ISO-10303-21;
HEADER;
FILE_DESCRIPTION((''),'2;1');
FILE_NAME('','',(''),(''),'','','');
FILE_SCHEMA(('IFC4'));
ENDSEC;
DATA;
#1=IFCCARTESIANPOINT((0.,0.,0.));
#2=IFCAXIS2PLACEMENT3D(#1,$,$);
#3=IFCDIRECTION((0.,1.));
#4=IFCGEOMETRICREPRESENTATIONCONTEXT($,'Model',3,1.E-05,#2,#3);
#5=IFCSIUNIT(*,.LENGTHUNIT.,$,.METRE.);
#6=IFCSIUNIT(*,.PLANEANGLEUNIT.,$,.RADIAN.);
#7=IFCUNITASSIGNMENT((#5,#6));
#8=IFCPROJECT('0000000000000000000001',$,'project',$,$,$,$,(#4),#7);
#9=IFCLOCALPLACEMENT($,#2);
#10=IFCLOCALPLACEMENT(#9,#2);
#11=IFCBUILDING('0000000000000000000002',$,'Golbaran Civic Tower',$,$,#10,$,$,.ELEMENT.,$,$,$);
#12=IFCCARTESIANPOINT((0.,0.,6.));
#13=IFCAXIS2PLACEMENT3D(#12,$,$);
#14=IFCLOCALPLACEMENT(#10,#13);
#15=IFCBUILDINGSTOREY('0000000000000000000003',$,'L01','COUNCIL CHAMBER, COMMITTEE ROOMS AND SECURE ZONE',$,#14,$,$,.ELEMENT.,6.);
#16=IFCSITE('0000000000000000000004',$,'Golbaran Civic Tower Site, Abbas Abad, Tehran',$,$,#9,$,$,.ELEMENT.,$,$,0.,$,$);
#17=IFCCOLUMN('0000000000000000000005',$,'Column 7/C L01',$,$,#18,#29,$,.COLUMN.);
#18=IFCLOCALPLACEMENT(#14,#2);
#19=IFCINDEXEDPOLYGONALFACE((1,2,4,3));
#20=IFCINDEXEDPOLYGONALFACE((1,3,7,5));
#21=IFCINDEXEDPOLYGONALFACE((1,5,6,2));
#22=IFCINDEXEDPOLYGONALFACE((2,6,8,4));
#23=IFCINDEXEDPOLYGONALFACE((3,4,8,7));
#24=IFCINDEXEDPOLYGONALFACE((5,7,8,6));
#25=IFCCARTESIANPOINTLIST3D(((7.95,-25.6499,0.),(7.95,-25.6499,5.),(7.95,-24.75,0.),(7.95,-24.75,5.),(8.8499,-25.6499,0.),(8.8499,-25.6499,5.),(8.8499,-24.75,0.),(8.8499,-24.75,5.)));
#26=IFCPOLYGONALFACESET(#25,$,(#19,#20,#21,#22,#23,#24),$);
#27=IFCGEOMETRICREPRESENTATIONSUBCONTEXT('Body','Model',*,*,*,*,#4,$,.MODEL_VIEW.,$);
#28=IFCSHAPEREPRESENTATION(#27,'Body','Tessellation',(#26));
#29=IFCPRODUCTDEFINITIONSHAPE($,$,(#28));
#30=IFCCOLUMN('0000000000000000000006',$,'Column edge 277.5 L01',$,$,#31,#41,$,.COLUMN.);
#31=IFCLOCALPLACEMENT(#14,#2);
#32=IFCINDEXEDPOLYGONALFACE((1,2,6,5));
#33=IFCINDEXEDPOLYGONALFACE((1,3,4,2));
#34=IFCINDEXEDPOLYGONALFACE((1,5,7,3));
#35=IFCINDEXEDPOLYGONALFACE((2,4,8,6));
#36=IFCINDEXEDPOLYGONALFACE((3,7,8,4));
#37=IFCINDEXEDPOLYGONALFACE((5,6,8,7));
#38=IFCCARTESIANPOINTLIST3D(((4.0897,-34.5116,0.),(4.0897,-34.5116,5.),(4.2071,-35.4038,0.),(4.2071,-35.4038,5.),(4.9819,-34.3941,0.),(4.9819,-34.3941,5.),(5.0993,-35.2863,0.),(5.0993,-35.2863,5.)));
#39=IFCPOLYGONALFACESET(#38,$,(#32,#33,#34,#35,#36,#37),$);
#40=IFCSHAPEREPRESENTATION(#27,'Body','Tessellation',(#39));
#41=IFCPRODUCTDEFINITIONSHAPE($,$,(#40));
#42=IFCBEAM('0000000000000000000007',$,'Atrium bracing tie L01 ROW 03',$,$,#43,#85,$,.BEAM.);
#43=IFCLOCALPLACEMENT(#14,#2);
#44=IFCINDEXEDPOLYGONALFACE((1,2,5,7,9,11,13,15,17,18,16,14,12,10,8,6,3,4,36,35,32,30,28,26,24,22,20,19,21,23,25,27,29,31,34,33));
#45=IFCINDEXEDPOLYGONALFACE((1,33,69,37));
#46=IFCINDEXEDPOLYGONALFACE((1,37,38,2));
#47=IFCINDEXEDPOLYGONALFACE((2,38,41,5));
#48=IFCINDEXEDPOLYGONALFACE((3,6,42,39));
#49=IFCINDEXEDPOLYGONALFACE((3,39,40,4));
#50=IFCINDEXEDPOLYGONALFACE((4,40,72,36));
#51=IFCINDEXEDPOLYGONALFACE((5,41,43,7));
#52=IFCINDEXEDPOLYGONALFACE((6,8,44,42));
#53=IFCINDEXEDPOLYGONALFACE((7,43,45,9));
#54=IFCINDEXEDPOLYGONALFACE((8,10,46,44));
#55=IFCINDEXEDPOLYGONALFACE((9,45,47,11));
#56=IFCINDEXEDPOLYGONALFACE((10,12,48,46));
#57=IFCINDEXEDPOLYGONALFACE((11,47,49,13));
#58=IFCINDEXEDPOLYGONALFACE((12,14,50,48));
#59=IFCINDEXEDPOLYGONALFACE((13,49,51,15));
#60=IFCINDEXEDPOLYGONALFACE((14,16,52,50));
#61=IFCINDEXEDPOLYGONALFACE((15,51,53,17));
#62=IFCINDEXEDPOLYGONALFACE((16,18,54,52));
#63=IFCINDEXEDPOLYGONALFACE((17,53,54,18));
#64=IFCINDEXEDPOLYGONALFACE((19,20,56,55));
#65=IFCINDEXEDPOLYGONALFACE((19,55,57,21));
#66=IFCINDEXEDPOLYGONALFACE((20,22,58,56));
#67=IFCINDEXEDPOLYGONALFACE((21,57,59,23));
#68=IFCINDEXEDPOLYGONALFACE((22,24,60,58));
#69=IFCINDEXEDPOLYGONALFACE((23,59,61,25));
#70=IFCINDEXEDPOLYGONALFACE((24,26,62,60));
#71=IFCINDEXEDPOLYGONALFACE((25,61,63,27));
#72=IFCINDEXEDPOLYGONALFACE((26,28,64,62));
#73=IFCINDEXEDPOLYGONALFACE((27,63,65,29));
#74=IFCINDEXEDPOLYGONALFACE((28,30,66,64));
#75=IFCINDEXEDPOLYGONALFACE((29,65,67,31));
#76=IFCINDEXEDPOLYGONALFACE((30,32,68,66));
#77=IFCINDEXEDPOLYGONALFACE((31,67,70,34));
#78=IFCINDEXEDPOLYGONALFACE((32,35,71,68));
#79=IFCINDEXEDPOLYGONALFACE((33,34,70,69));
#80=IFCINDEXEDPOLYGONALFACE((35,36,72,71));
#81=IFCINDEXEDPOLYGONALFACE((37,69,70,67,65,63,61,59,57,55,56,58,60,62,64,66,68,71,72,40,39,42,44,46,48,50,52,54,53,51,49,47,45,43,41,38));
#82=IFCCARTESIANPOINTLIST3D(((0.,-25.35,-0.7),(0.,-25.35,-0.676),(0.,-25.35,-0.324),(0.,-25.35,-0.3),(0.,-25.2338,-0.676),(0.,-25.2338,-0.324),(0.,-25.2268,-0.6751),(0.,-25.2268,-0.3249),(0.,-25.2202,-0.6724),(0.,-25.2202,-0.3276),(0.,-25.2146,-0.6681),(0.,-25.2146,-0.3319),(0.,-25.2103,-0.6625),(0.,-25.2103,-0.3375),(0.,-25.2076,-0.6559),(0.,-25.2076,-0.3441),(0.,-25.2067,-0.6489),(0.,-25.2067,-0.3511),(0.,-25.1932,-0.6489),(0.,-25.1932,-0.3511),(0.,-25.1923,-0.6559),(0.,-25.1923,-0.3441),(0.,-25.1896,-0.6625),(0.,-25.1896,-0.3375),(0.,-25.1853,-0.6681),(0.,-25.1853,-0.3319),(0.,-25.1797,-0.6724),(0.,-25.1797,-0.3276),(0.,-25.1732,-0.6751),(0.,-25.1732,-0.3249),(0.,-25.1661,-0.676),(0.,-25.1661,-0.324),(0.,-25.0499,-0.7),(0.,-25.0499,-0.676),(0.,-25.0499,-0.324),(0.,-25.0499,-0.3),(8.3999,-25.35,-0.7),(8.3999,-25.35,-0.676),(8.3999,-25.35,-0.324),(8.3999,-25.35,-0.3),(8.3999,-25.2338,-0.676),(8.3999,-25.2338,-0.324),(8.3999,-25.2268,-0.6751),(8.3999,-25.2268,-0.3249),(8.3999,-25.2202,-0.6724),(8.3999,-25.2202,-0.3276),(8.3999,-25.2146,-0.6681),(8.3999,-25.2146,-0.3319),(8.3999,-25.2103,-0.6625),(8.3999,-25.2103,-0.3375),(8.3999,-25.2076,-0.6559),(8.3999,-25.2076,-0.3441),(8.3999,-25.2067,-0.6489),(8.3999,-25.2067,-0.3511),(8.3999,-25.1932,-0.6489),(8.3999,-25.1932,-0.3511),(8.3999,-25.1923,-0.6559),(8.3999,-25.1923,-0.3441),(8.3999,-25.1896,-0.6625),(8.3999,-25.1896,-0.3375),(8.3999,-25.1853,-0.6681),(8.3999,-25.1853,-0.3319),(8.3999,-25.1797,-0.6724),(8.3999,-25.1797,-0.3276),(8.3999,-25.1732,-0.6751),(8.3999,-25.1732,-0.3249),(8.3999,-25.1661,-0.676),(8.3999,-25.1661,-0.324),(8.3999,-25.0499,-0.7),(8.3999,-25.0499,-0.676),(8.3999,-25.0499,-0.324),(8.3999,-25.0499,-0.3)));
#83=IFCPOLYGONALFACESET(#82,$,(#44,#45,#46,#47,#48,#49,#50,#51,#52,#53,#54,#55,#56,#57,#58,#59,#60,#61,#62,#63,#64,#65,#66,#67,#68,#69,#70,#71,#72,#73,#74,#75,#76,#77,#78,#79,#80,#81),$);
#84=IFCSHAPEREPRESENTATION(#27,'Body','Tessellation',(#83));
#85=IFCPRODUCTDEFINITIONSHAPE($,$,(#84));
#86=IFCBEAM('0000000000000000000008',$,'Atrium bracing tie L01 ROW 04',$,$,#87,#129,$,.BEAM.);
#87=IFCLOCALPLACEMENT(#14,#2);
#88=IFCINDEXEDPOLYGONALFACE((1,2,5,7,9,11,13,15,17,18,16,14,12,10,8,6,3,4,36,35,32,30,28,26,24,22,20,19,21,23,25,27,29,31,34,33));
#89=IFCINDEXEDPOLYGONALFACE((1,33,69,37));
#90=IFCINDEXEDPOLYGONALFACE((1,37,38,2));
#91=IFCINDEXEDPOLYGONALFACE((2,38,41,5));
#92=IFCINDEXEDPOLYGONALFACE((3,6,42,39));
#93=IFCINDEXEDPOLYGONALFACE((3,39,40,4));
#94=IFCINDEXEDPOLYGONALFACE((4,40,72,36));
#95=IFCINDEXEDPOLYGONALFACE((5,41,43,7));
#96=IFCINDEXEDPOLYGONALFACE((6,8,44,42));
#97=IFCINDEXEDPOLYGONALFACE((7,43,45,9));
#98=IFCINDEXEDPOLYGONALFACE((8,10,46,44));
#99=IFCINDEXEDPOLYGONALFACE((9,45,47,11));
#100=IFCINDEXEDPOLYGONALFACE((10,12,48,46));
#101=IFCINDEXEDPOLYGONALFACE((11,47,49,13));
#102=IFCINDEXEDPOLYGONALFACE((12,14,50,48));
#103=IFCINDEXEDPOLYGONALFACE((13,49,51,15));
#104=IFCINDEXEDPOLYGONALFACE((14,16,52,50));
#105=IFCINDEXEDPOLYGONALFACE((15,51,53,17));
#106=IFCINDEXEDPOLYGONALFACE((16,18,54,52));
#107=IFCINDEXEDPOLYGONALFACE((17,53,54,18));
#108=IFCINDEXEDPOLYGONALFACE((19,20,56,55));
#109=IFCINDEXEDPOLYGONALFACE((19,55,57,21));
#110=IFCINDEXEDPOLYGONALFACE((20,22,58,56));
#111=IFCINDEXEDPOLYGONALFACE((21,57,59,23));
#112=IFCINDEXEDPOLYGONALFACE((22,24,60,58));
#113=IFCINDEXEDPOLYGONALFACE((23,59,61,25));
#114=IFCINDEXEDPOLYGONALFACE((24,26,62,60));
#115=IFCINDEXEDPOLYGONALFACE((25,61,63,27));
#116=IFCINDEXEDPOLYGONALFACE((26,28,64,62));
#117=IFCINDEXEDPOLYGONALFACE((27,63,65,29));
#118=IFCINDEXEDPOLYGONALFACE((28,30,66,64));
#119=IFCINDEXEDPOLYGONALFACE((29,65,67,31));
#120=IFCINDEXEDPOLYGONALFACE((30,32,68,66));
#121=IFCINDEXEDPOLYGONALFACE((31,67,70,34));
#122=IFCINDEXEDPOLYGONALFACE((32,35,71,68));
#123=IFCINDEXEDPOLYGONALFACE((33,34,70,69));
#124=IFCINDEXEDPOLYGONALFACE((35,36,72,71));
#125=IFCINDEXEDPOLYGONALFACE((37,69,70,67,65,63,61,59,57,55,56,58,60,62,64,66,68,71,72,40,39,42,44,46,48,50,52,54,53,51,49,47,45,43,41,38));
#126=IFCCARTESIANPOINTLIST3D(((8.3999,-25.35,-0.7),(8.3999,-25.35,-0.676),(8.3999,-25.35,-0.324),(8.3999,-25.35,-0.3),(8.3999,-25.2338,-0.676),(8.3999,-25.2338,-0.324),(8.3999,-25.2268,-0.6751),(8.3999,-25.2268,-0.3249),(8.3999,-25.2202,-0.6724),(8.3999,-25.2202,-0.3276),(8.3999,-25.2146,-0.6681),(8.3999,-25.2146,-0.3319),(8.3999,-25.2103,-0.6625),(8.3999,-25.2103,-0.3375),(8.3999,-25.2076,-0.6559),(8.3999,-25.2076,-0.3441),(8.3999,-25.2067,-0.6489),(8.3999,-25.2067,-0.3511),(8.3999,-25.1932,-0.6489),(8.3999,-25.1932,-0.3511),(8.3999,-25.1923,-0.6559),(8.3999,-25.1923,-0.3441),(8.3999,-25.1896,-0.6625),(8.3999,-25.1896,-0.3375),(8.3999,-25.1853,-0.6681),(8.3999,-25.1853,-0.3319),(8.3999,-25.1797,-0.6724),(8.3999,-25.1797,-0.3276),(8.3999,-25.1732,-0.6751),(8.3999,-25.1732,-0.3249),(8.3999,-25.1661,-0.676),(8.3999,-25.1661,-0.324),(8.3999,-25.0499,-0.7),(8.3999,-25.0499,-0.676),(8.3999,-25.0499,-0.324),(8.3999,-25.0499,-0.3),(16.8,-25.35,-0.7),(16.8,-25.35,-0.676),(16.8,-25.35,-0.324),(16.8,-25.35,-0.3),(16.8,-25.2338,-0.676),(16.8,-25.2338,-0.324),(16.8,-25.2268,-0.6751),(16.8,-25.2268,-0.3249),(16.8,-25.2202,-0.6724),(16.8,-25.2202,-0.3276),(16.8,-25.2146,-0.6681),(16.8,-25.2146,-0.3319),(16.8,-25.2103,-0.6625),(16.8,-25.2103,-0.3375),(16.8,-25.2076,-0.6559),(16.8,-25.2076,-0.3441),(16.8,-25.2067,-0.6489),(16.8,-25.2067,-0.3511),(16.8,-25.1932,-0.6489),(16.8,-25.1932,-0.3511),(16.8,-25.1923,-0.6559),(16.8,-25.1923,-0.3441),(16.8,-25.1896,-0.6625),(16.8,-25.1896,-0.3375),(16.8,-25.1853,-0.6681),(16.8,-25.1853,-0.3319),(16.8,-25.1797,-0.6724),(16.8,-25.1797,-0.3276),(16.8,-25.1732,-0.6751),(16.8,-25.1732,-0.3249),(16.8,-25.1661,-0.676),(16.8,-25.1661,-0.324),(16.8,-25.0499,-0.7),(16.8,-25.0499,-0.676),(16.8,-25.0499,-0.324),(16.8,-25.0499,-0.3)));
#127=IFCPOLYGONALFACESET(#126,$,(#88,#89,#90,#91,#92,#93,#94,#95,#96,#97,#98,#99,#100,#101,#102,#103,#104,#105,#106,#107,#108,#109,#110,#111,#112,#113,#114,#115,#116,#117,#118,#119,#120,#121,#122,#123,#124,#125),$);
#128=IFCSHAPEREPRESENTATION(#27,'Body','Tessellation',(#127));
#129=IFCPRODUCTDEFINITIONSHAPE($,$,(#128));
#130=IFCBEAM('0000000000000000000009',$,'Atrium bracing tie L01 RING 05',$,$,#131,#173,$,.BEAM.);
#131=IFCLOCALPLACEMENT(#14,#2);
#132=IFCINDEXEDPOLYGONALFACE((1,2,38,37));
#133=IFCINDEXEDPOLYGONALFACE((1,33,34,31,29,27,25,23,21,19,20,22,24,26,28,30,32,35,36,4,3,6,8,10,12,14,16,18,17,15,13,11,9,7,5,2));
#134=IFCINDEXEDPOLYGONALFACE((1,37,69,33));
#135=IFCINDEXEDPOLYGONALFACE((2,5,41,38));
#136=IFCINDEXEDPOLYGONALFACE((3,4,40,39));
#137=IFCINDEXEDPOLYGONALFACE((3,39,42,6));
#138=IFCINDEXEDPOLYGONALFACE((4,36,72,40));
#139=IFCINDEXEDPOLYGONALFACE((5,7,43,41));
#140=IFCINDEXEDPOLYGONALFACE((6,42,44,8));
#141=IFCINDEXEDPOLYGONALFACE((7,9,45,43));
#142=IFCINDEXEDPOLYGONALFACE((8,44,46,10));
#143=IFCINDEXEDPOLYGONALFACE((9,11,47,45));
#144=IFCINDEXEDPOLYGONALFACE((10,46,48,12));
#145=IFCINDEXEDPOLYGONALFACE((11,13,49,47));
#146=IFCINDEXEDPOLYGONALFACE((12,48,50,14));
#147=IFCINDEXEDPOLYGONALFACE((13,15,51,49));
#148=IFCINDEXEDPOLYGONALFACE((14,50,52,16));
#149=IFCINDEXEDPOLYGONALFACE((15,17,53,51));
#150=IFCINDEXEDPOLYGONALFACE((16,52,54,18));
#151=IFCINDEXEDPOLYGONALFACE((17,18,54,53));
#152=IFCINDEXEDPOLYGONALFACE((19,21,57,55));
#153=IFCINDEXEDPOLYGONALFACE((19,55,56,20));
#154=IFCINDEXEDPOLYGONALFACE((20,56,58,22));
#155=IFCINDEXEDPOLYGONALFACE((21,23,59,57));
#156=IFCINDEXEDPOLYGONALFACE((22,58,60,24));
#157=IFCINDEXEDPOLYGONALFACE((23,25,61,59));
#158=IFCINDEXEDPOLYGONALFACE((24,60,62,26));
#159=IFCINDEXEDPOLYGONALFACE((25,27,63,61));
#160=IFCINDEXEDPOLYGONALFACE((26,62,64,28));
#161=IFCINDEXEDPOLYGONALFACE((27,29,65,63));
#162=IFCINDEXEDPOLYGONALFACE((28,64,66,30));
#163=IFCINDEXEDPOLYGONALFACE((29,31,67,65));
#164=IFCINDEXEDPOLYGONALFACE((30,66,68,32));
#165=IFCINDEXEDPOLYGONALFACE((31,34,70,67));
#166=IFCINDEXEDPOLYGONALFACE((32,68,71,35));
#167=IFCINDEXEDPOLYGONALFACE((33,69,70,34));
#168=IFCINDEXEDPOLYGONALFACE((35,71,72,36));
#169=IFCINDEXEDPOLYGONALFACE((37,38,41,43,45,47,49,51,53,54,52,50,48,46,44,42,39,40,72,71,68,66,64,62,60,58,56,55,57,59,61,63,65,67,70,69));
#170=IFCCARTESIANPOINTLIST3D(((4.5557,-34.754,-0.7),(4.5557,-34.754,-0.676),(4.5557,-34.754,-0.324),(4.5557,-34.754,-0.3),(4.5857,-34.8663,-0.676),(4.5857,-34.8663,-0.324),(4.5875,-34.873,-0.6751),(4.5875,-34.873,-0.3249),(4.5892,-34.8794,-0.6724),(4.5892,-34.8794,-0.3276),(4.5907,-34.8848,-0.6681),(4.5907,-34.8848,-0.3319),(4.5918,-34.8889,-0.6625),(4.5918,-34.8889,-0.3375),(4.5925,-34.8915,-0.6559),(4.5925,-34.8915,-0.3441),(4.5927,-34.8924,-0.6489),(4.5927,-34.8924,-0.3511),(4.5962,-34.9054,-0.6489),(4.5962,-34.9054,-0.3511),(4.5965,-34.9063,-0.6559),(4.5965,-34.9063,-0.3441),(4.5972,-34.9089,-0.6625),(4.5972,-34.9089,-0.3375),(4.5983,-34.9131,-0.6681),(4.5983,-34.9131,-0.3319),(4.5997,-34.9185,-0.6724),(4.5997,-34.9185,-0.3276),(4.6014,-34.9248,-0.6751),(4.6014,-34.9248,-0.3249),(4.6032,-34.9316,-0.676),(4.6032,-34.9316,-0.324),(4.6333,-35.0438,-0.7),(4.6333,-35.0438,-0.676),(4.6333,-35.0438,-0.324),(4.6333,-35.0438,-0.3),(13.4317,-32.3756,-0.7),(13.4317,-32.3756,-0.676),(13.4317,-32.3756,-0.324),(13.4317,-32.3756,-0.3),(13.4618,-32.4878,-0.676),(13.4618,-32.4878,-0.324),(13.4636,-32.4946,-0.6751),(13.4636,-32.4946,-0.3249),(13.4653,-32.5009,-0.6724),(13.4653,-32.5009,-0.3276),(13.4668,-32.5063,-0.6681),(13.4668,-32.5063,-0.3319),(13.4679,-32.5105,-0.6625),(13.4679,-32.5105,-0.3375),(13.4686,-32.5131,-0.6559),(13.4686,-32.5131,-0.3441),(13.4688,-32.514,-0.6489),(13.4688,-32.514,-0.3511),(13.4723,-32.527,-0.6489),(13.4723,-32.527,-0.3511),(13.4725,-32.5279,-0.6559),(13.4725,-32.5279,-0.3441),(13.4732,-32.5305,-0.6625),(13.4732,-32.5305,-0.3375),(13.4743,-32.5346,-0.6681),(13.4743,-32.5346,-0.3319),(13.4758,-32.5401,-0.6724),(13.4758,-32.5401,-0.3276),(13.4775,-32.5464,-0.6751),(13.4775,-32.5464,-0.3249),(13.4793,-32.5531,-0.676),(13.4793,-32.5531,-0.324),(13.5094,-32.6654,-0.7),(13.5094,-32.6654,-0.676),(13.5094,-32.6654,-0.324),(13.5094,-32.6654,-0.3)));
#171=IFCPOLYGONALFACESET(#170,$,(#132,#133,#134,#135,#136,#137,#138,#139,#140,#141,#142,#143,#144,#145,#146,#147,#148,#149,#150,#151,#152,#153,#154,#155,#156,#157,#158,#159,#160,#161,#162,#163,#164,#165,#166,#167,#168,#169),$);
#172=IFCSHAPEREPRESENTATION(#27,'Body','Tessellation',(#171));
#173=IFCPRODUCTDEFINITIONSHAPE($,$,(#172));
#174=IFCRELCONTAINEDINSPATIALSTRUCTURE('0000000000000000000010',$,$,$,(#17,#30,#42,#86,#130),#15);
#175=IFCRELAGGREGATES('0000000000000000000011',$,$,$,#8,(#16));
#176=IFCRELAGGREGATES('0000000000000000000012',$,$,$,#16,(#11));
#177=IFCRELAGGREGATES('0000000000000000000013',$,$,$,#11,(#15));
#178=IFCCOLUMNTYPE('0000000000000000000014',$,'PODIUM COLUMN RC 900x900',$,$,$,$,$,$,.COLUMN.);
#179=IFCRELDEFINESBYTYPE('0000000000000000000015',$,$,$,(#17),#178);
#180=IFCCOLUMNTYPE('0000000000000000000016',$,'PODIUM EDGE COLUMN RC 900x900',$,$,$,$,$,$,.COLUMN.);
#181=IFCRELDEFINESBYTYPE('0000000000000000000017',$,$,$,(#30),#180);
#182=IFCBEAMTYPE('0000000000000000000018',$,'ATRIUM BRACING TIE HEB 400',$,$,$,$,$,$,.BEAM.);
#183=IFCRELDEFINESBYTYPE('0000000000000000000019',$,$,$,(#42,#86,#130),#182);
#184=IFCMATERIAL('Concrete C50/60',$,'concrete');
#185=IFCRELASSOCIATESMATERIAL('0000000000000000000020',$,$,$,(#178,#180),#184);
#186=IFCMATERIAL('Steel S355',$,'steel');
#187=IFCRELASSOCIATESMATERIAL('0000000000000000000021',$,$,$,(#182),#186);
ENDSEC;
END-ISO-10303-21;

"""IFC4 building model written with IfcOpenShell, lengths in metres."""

from ifc_helpers import new_model, si_unit, direction, frame, origin, origin_2d, place, context, subcontext, project, spatial, rectangle, i_section, extrude, material, material_profile, profile_set, type_object, element, save


model = new_model("IFC4")

# Units and contexts
model_context = context("Model", 3, precision=1e-05, world=origin(), true_north=direction((0.0, 1.0)))
body_context = subcontext(model_context, "Body", "Model", "MODEL_VIEW")
ifc_project = project(units=[si_unit("LENGTHUNIT", "METRE"), si_unit("PLANEANGLEUNIT", "RADIAN")], contexts=[model_context])

# Site, building, storey
site_placement = place(None, origin())
site = spatial("IfcSite", under=ifc_project, at=site_placement, Name="Golbaran Civic Tower Site, Abbas Abad, Tehran", CompositionType="ELEMENT", RefElevation=0.0)
building_placement = place(site_placement, origin())
building = spatial("IfcBuilding", under=site, at=building_placement, Name="Golbaran Civic Tower", CompositionType="ELEMENT")
storey_placement = place(building_placement, frame((0.0, 0.0, 6.0)))
storey = spatial("IfcBuildingStorey", under=building, at=storey_placement, Name="L01", Description="COUNCIL CHAMBER, COMMITTEE ROOMS AND SECURE ZONE", CompositionType="ELEMENT", Elevation=6.0)

# Columns
ifc_material_1 = material(Name="Concrete C50/60", Category="concrete")
ifc_material_profile_1 = material_profile(ifc_material_1, rectangle(XDim=0.8999, YDim=0.8999, at=origin_2d()), Name="RC 900x900")
ifc_profile_set_1 = profile_set([ifc_material_profile_1], Name="Concrete C50/60")
column_type_1 = type_object("IfcColumnType", Name="PODIUM COLUMN RC 900x900", PredefinedType="COLUMN", material=ifc_profile_set_1)
column_1_placement = place(storey_placement, frame((8.3999, -25.2, 0.0), z_axis=(0.0, 0.0, 1.0), x_axis=(1.0, 0.0, 0.0)))
element("IfcColumn", 1, at=column_1_placement, inside=storey, type_object=column_type_1, Name="Column 7/C L01", PredefinedType="COLUMN", context=body_context, shape_type="SweptSolid", body=[
    extrude(rectangle(XDim=0.8999, YDim=0.8999, at=origin_2d()), origin(), (0.0, 0.0, 1.0), 5.0),
])
ifc_material_profile_2 = material_profile(ifc_material_1, rectangle(XDim=0.8999, YDim=0.8999, at=origin_2d()), Name="RC 900x900")
ifc_profile_set_2 = profile_set([ifc_material_profile_2], Name="Concrete C50/60")
column_type_2 = type_object("IfcColumnType", Name="PODIUM EDGE COLUMN RC 900x900", PredefinedType="COLUMN", material=ifc_profile_set_2)
column_2_placement = place(storey_placement, frame((4.5945, -34.8989, 0.0), z_axis=(0.0, 0.0, 1.0), x_axis=(0.130526, -0.991445, 0.0)))
element("IfcColumn", 2, at=column_2_placement, inside=storey, type_object=column_type_2, Name="Column edge 277.5 L01", PredefinedType="COLUMN", context=body_context, shape_type="SweptSolid", body=[
    extrude(rectangle(XDim=0.8999, YDim=0.8999, at=origin_2d()), origin(), (0.0, 0.0, 1.0), 5.0),
])

# Beams
ifc_material_2 = material(Name="Steel S355", Category="steel")
ifc_material_profile_3 = material_profile(ifc_material_2, i_section(OverallWidth=0.3, OverallDepth=0.3999, WebThickness=0.0134, FlangeThickness=0.0239, FilletRadius=0.0271, at=origin_2d()), Name="HEB 400")
ifc_profile_set_3 = profile_set([ifc_material_profile_3], Name="Steel S355")
beam_type = type_object("IfcBeamType", Name="ATRIUM BRACING TIE HEB 400", PredefinedType="BEAM", material=ifc_profile_set_3)
beam_1_placement = place(storey_placement, frame((0.0, -25.2, -0.5), z_axis=(1.0, 0.0, 0.0), x_axis=(0.0, 1.0, 0.0)))
element("IfcBeam", 3, at=beam_1_placement, inside=storey, type_object=beam_type, Name="Atrium bracing tie L01 ROW 03", PredefinedType="BEAM", context=body_context, shape_type="SweptSolid", body=[
    extrude(i_section(OverallWidth=0.3, OverallDepth=0.3999, WebThickness=0.0134, FlangeThickness=0.0239, FilletRadius=0.0271, at=origin_2d()), origin(), (0.0, 0.0, 1.0), 8.3999),
])
beam_2_placement = place(storey_placement, frame((8.3999, -25.2, -0.5), z_axis=(1.0, 0.0, 0.0), x_axis=(0.0, 1.0, 0.0)))
element("IfcBeam", 4, at=beam_2_placement, inside=storey, type_object=beam_type, Name="Atrium bracing tie L01 ROW 04", PredefinedType="BEAM", context=body_context, shape_type="SweptSolid", body=[
    extrude(i_section(OverallWidth=0.3, OverallDepth=0.3999, WebThickness=0.0134, FlangeThickness=0.0239, FilletRadius=0.0271, at=origin_2d()), origin(), (0.0, 0.0, 1.0), 8.4001),
])
beam_3_placement = place(storey_placement, frame((4.5945, -34.8989, -0.5), z_axis=(0.965923, 0.25883, 0.0), x_axis=(-0.25883, 0.965923, 0.0)))
element("IfcBeam", 5, at=beam_3_placement, inside=storey, type_object=beam_type, Name="Atrium bracing tie L01 RING 05", PredefinedType="BEAM", context=body_context, shape_type="SweptSolid", body=[
    extrude(i_section(OverallWidth=0.3, OverallDepth=0.3999, WebThickness=0.0134, FlangeThickness=0.0239, FilletRadius=0.0271, at=origin_2d()), origin(), (0.0, 0.0, 1.0), 9.1892),
])

save(model, "model.ifc")
